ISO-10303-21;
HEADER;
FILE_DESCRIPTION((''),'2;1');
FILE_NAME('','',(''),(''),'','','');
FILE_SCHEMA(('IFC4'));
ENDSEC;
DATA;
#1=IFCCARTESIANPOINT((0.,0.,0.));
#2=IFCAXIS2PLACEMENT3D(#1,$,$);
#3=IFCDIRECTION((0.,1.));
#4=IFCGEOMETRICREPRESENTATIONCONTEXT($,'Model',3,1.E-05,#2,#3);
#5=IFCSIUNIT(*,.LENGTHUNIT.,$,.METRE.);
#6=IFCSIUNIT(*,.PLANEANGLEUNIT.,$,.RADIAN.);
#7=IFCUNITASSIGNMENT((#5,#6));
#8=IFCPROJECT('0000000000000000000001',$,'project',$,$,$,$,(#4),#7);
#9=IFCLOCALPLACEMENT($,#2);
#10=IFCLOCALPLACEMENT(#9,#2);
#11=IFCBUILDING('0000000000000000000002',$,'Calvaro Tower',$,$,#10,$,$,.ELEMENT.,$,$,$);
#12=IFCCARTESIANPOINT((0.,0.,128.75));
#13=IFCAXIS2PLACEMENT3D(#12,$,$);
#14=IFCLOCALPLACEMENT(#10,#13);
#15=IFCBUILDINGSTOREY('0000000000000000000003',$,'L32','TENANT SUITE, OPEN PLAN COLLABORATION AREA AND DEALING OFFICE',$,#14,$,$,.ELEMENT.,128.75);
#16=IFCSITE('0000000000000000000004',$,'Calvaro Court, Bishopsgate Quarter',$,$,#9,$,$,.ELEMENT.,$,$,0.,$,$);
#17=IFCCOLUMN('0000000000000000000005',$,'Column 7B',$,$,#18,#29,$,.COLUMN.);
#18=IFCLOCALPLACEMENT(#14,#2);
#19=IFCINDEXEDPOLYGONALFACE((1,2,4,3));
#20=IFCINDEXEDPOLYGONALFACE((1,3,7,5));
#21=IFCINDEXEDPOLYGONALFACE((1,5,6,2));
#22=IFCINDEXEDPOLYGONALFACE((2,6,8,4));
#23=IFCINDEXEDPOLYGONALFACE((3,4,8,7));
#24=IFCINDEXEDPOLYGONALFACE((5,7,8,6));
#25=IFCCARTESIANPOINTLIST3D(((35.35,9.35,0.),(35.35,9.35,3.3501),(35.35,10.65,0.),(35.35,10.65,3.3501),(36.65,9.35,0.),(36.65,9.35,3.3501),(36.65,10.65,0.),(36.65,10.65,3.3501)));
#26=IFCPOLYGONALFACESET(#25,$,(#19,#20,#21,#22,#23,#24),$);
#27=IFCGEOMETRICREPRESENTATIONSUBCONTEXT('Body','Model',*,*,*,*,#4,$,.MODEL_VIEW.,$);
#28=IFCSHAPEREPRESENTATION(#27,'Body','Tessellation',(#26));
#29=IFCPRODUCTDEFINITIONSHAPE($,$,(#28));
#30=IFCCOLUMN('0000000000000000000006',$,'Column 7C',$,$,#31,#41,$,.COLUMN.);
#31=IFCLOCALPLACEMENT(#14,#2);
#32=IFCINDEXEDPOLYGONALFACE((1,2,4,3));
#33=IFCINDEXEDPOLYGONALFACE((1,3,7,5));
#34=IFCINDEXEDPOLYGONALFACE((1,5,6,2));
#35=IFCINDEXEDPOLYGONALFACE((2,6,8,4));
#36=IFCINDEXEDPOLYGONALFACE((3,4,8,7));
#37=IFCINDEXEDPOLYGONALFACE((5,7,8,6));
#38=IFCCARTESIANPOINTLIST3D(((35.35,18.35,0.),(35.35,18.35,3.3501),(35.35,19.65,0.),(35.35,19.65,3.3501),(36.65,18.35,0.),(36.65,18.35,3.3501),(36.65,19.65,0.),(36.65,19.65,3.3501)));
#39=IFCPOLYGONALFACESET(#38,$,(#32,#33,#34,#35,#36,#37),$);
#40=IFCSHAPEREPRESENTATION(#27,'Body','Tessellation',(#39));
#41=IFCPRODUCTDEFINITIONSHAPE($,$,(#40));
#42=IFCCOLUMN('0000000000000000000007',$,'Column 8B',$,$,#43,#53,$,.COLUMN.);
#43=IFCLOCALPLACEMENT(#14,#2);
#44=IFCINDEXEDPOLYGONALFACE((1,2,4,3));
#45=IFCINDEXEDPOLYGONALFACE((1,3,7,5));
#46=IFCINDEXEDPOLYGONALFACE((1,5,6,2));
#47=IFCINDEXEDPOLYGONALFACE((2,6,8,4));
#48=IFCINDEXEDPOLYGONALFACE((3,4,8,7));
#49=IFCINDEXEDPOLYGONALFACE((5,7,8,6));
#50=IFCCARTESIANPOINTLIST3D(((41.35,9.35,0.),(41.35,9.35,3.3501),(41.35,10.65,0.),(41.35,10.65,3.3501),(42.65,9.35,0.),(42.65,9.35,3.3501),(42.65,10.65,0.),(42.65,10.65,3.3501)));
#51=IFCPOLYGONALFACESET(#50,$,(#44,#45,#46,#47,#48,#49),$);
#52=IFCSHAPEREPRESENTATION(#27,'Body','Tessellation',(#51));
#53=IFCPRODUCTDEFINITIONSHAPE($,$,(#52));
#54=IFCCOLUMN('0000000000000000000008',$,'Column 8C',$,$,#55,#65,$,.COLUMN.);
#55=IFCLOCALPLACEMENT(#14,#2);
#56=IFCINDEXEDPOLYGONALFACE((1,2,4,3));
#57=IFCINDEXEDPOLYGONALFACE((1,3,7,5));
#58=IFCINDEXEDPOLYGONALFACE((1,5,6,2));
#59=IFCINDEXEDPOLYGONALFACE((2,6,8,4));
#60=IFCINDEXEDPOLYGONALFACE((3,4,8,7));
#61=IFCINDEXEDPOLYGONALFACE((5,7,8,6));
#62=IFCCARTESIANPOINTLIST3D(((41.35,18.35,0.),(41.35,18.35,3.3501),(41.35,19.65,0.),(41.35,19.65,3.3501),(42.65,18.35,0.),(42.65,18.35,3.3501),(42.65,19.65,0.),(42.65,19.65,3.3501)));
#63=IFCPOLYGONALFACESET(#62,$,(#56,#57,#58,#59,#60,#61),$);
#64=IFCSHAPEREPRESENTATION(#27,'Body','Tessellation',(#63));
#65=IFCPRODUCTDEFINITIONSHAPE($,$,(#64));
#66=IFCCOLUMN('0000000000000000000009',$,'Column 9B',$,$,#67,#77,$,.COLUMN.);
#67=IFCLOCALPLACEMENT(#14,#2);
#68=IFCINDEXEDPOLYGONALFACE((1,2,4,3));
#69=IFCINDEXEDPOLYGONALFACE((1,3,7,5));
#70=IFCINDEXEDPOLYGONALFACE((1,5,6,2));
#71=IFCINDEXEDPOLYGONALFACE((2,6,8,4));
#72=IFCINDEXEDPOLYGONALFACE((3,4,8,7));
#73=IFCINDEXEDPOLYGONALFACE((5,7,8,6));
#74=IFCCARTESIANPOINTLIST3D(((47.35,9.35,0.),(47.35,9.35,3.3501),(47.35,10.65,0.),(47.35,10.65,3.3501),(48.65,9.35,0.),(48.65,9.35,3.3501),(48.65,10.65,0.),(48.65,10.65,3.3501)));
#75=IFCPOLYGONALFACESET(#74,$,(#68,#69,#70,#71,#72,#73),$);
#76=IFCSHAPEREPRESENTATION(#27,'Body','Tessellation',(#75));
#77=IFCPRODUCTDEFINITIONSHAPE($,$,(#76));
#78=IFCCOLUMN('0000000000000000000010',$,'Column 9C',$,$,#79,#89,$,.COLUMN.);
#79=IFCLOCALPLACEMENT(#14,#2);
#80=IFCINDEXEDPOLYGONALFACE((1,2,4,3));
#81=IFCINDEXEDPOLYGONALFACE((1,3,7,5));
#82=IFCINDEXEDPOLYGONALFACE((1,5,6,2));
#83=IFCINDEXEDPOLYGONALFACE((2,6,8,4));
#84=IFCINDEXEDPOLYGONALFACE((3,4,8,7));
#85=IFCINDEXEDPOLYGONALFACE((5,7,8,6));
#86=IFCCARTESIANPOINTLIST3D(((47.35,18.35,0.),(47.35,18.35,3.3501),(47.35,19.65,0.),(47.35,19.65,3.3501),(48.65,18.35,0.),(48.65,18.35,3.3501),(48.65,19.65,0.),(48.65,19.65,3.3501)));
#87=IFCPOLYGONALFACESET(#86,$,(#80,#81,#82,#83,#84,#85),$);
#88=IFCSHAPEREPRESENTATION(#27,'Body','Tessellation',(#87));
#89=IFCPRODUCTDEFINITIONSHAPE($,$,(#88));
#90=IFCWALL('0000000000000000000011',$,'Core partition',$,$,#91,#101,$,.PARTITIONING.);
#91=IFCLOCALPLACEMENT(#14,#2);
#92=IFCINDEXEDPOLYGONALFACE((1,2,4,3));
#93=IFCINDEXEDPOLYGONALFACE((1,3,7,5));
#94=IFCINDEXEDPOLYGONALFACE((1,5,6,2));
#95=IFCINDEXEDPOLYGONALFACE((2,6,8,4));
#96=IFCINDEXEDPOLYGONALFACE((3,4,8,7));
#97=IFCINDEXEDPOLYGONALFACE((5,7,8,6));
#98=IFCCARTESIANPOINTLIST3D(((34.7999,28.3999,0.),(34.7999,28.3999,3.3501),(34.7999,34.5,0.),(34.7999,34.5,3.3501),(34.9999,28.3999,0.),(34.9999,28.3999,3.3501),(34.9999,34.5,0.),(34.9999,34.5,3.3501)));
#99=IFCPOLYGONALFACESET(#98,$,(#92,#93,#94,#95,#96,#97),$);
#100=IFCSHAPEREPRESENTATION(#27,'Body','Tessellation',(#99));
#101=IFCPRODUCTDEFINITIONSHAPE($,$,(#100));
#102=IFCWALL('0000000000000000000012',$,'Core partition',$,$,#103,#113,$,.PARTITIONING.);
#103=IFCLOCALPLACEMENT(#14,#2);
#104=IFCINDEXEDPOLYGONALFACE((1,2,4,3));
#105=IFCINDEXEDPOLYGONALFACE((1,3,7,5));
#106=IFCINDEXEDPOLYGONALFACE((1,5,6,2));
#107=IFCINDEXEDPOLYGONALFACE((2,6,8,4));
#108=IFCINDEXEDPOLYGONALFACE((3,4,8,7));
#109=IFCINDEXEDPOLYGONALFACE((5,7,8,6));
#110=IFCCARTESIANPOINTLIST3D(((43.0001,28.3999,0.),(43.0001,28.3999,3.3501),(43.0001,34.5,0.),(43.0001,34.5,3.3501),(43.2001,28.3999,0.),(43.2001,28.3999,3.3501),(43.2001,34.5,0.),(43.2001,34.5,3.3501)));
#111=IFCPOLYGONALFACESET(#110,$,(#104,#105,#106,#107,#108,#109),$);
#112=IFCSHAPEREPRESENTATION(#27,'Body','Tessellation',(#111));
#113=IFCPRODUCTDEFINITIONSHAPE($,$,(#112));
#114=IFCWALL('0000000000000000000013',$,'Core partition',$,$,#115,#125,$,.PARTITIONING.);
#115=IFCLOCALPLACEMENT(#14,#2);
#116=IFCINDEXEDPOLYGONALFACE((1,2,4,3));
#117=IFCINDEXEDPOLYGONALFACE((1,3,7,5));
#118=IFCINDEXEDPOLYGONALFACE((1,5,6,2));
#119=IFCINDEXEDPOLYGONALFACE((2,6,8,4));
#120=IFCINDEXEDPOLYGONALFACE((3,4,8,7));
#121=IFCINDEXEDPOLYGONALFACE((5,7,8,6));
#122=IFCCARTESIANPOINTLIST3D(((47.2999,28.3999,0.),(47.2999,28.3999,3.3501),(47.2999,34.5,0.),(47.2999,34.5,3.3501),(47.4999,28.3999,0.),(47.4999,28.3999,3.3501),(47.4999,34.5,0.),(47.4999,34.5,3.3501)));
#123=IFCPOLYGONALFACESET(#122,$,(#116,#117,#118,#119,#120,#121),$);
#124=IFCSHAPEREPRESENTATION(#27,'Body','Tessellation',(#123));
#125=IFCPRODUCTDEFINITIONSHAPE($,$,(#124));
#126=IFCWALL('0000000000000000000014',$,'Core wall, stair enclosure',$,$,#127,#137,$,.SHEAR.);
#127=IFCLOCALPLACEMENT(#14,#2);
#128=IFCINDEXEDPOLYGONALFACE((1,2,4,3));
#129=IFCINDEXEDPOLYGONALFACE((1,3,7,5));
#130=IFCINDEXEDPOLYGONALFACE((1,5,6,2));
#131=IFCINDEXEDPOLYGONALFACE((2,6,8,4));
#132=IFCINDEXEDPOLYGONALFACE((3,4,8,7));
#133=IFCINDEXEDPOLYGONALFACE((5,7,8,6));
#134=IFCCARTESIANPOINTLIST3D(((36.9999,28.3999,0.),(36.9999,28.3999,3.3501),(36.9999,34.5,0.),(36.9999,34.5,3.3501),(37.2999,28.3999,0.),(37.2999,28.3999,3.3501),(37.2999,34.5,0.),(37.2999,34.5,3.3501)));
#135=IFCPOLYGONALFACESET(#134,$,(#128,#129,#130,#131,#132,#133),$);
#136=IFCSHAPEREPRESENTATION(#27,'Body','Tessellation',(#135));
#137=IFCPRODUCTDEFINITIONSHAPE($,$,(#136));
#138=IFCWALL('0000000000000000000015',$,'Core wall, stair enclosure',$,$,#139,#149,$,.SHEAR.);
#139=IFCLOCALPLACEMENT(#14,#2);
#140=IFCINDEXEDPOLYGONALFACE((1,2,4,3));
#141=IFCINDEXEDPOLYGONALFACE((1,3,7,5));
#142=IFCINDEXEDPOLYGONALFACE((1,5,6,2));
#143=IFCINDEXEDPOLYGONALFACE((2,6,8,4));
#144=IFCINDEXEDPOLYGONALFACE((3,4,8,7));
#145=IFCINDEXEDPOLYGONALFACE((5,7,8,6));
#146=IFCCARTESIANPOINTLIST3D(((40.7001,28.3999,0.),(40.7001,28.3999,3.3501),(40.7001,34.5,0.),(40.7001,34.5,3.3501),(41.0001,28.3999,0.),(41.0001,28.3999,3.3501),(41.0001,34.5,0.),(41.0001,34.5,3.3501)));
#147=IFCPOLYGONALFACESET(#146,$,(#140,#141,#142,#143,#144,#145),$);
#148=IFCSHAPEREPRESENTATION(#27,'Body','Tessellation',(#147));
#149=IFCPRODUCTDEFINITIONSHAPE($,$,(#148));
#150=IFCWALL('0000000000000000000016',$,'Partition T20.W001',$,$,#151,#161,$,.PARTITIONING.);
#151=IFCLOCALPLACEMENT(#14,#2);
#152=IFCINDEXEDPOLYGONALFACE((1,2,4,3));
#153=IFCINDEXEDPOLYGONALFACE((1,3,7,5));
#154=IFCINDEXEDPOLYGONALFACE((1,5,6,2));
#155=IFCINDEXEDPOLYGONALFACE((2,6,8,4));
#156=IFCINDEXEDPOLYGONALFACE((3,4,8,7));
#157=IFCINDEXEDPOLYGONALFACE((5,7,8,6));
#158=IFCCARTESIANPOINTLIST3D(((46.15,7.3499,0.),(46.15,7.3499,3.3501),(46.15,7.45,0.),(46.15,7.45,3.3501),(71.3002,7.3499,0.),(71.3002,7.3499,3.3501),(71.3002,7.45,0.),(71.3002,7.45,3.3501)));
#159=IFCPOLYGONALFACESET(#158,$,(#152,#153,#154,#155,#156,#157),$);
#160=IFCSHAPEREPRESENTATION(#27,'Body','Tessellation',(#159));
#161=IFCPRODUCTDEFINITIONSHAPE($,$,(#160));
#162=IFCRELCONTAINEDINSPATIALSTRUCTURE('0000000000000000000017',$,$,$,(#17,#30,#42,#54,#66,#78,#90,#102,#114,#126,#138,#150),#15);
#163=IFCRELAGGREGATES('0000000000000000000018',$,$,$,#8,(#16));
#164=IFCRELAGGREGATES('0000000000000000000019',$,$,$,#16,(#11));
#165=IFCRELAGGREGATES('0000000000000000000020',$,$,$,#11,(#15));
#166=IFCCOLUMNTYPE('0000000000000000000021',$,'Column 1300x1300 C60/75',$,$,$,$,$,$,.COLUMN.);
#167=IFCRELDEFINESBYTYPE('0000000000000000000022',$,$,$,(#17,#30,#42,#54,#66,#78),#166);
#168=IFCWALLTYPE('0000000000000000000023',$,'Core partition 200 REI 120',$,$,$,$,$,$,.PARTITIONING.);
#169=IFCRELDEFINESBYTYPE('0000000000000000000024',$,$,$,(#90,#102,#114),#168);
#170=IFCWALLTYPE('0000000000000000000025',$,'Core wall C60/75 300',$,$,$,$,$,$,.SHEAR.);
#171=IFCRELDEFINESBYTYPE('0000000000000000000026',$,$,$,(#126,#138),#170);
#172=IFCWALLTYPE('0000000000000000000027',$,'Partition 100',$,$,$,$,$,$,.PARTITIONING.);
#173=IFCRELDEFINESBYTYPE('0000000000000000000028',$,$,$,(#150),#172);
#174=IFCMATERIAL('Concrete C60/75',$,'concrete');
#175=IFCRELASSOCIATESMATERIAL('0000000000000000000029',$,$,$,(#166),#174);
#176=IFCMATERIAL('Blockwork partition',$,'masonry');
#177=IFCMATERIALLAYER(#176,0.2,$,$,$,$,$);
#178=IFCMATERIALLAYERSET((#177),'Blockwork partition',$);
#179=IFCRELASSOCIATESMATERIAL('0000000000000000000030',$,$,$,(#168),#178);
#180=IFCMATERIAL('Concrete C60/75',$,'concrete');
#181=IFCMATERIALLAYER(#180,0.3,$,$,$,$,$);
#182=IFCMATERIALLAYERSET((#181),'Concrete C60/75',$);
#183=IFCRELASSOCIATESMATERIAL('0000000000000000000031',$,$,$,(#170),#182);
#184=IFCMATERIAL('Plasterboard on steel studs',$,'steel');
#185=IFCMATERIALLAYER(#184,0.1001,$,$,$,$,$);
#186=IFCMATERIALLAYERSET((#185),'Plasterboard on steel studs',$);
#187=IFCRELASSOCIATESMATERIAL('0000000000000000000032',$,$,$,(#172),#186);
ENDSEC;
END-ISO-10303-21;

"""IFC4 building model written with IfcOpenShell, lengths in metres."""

from ifc_helpers import new_model, si_unit, direction, frame, frame_2d, origin, origin_2d, place, context, subcontext, project, spatial, rectangle, extrude, material, layer, layer_set, material_profile, profile_set, type_object, element, save


model = new_model("IFC4")

# Units and contexts
model_context = context("Model", 3, precision=1e-05, world=origin(), true_north=direction((0.0, 1.0)))
body_context = subcontext(model_context, "Body", "Model", "MODEL_VIEW")
ifc_project = project(units=[si_unit("LENGTHUNIT", "METRE"), si_unit("PLANEANGLEUNIT", "RADIAN")], contexts=[model_context])

# Site, building, storey
site_placement = place(None, origin())
site = spatial("IfcSite", under=ifc_project, at=site_placement, Name="Calvaro Court, Bishopsgate Quarter", CompositionType="ELEMENT", RefElevation=0.0)
building_placement = place(site_placement, origin())
building = spatial("IfcBuilding", under=site, at=building_placement, Name="Calvaro Tower", CompositionType="ELEMENT")
storey_placement = place(building_placement, frame((0.0, 0.0, 128.75)))
storey = spatial("IfcBuildingStorey", under=building, at=storey_placement, Name="L32", Description="TENANT SUITE, OPEN PLAN COLLABORATION AREA AND DEALING OFFICE", CompositionType="ELEMENT", Elevation=128.75)

# Columns
ifc_material_1 = material(Name="Concrete C60/75", Category="concrete")
ifc_material_profile = material_profile(ifc_material_1, rectangle(XDim=1.3, YDim=1.3, at=origin_2d()), Name="RC 1300x1300")
ifc_profile_set = profile_set([ifc_material_profile], Name="Concrete C60/75")
column_type = type_object("IfcColumnType", Name="Column 1300x1300 C60/75", PredefinedType="COLUMN", material=ifc_profile_set)
for number, where, z_axis, x_axis, name in (
    (1, (36.0, 10.0, 0.0), (0.0, 0.0, 1.0), (1.0, 0.0, 0.0), "Column 7B"),
    (2, (36.0, 19.0, 0.0), (0.0, 0.0, 1.0), (1.0, 0.0, 0.0), "Column 7C"),
    (3, (42.0, 10.0, 0.0), (0.0, 0.0, 1.0), (1.0, 0.0, 0.0), "Column 8B"),
    (4, (42.0, 19.0, 0.0), (0.0, 0.0, 1.0), (1.0, 0.0, 0.0), "Column 8C"),
    (5, (48.0, 10.0, 0.0), (0.0, 0.0, 1.0), (1.0, 0.0, 0.0), "Column 9B"),
    (6, (48.0, 19.0, 0.0), (0.0, 0.0, 1.0), (1.0, 0.0, 0.0), "Column 9C"),
):
    element("IfcColumn", number, at=place(storey_placement, frame(where, z_axis=z_axis, x_axis=x_axis)), inside=storey, type_object=column_type, Name=name, PredefinedType="COLUMN", context=body_context, shape_type="SweptSolid", body=[
        extrude(rectangle(XDim=1.3, YDim=1.3, at=origin_2d()), origin(), (0.0, 0.0, 1.0), 3.3501),
    ])

# Walls
ifc_material_2 = material(Name="Blockwork partition", Category="masonry")
ifc_layer_1 = layer(ifc_material_2, 0.2)
ifc_layer_set_1 = layer_set([ifc_layer_1], Name="Blockwork partition")
wall_type_1 = type_object("IfcWallType", Name="Core partition 200 REI 120", PredefinedType="PARTITIONING", material=ifc_layer_set_1)
for number, where, z_axis, x_axis, name in (
    (7, (34.8999, 28.3999, 0.0), (0.0, 0.0, 1.0), (0.0, 1.0, 0.0), "Core partition"),
    (8, (43.1001, 28.3999, 0.0), (0.0, 0.0, 1.0), (0.0, 1.0, 0.0), "Core partition"),
    (9, (47.3999, 28.3999, 0.0), (0.0, 0.0, 1.0), (0.0, 1.0, 0.0), "Core partition"),
):
    element("IfcWall", number, at=place(storey_placement, frame(where, z_axis=z_axis, x_axis=x_axis)), inside=storey, type_object=wall_type_1, Name=name, PredefinedType="PARTITIONING", context=body_context, shape_type="SweptSolid", body=[
        extrude(rectangle(XDim=6.1001, YDim=0.2, at=frame_2d((3.05, 0.0))), origin(), (0.0, 0.0, 1.0), 3.3501),
    ])
ifc_material_3 = material(Name="Concrete C60/75", Category="concrete")
ifc_layer_2 = layer(ifc_material_3, 0.3)
ifc_layer_set_2 = layer_set([ifc_layer_2], Name="Concrete C60/75")
wall_type_2 = type_object("IfcWallType", Name="Core wall C60/75 300", PredefinedType="SHEAR", material=ifc_layer_set_2)
for number, where, z_axis, x_axis, name in (
    (10, (37.1499, 28.3999, 0.0), (0.0, 0.0, 1.0), (0.0, 1.0, 0.0), "Core wall, stair enclosure"),
    (11, (40.8501, 28.3999, 0.0), (0.0, 0.0, 1.0), (0.0, 1.0, 0.0), "Core wall, stair enclosure"),
):
    element("IfcWall", number, at=place(storey_placement, frame(where, z_axis=z_axis, x_axis=x_axis)), inside=storey, type_object=wall_type_2, Name=name, PredefinedType="SHEAR", context=body_context, shape_type="SweptSolid", body=[
        extrude(rectangle(XDim=6.1001, YDim=0.3, at=frame_2d((3.05, 0.0))), origin(), (0.0, 0.0, 1.0), 3.3501),
    ])
ifc_material_4 = material(Name="Plasterboard on steel studs", Category="steel")
ifc_layer_3 = layer(ifc_material_4, 0.1001)
ifc_layer_set_3 = layer_set([ifc_layer_3], Name="Plasterboard on steel studs")
wall_type_3 = type_object("IfcWallType", Name="Partition 100", PredefinedType="PARTITIONING", material=ifc_layer_set_3)
wall_1_placement = place(storey_placement, frame((46.1499, 7.3999, 0.0), z_axis=(0.0, 0.0, 1.0), x_axis=(1.0, 0.0, 0.0)))
element("IfcWall", 12, at=wall_1_placement, inside=storey, type_object=wall_type_3, Name="Partition T20.W001", PredefinedType="PARTITIONING", context=body_context, shape_type="SweptSolid", body=[
    extrude(rectangle(XDim=25.1501, YDim=0.1001, at=frame_2d((12.5752, 0.0))), origin(), (0.0, 0.0, 1.0), 3.3501),
])

save(model, "model.ifc")
